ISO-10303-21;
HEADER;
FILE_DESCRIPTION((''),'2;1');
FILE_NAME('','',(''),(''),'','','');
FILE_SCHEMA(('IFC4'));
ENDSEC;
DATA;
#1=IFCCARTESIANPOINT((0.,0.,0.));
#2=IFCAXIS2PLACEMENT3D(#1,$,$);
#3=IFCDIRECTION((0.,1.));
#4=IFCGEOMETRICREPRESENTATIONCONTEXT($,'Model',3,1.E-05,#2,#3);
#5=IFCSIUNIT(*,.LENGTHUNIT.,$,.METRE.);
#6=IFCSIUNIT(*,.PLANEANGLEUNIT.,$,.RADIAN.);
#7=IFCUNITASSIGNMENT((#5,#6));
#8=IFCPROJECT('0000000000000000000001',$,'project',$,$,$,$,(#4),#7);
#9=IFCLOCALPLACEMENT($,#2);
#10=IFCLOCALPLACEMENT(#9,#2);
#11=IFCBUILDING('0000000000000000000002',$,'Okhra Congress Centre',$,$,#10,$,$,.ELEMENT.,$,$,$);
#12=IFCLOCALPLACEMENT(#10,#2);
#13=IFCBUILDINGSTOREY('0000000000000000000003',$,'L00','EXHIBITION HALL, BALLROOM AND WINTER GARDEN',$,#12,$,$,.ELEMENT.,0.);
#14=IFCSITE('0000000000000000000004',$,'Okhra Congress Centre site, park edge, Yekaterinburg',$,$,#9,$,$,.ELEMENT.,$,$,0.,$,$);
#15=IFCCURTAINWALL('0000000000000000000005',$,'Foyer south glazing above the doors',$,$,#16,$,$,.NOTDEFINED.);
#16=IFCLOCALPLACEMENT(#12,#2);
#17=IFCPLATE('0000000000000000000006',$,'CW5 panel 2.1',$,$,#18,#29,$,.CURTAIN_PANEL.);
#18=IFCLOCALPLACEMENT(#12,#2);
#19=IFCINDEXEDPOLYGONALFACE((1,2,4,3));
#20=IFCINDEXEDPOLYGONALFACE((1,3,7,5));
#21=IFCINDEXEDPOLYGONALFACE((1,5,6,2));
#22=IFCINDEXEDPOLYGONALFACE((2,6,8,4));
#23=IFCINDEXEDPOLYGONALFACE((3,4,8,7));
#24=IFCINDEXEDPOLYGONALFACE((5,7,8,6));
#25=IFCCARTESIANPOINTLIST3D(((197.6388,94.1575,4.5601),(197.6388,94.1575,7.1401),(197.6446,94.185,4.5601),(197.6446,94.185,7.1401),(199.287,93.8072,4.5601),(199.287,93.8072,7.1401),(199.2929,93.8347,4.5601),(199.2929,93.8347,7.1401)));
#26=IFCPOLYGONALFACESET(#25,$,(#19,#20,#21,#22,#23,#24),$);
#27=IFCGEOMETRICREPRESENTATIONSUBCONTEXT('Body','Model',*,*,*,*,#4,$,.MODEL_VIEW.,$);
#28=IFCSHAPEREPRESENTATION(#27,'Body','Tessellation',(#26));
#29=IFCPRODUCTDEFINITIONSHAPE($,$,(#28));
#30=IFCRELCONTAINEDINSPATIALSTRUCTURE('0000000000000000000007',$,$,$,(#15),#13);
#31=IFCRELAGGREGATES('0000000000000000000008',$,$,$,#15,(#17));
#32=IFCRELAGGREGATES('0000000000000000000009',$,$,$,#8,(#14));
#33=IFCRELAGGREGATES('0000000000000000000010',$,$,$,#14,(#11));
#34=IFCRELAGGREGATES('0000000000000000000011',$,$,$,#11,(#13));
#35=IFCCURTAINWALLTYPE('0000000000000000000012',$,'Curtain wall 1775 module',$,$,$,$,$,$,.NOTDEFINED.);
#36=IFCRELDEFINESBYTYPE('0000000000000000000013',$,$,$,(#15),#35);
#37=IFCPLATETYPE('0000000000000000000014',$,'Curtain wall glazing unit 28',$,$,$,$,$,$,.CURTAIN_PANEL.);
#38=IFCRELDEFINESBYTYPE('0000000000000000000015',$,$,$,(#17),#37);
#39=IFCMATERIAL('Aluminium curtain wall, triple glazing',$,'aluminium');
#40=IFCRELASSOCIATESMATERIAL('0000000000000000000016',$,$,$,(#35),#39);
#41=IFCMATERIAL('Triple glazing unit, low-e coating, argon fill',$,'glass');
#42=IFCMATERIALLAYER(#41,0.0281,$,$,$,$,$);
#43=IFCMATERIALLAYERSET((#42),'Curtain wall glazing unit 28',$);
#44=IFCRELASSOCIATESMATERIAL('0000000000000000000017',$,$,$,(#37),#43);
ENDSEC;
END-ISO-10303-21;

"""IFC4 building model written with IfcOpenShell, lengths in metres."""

from ifc_helpers import new_model, si_unit, direction, frame, origin, origin_2d, place, context, subcontext, project, spatial, rectangle, extrude, material, layer, layer_set, type_object, element, aggregate, save


model = new_model("IFC4")

# Units and contexts
model_context = context("Model", 3, precision=1e-05, world=origin(), true_north=direction((0.0, 1.0)))
body_context = subcontext(model_context, "Body", "Model", "MODEL_VIEW")
ifc_project = project(units=[si_unit("LENGTHUNIT", "METRE"), si_unit("PLANEANGLEUNIT", "RADIAN")], contexts=[model_context])

# Site, building, storey
site_placement = place(None, origin())
site = spatial("IfcSite", under=ifc_project, at=site_placement, Name="Okhra Congress Centre site, park edge, Yekaterinburg", CompositionType="ELEMENT", RefElevation=0.0)
building_placement = place(site_placement, origin())
building = spatial("IfcBuilding", under=site, at=building_placement, Name="Okhra Congress Centre", CompositionType="ELEMENT")
storey_placement = place(building_placement, origin())
storey = spatial("IfcBuildingStorey", under=building, at=storey_placement, Name="L00", Description="EXHIBITION HALL, BALLROOM AND WINTER GARDEN", CompositionType="ELEMENT", Elevation=0.0)

# Curtain wall, plate
ifc_material_1 = material(Name="Aluminium curtain wall, triple glazing", Category="aluminium")
curtain_wall_type = type_object("IfcCurtainWallType", Name="Curtain wall 1775 module", PredefinedType="NOTDEFINED", material=ifc_material_1)
curtain_wall_placement = place(storey_placement, origin())
curtain_wall = element("IfcCurtainWall", 1, at=curtain_wall_placement, inside=storey, type_object=curtain_wall_type, Name="Foyer south glazing above the doors", PredefinedType="NOTDEFINED")
ifc_material_2 = material(Name="Triple glazing unit, low-e coating, argon fill", Category="glass")
ifc_layer_1 = layer(ifc_material_2, 0.0281)
ifc_layer_set_1 = layer_set([ifc_layer_1], Name="Curtain wall glazing unit 28")
plate_type = type_object("IfcPlateType", Name="Curtain wall glazing unit 28", PredefinedType="CURTAIN_PANEL", material=ifc_layer_set_1)
plate_placement = place(storey_placement, frame((198.4658, 93.9961, 4.5601), z_axis=(0.0, 0.0, 1.0), x_axis=(0.978148, -0.207912, 0.0)))
plate = element("IfcPlate", 2, at=plate_placement, type_object=plate_type, Name="CW5 panel 2.1", PredefinedType="CURTAIN_PANEL", context=body_context, shape_type="SweptSolid", body=[
    extrude(rectangle(XDim=1.6851, YDim=0.0281, at=origin_2d()), origin(), (0.0, 0.0, 1.0), 2.5801),
])
aggregate(curtain_wall, [plate])

save(model, "model.ifc")
